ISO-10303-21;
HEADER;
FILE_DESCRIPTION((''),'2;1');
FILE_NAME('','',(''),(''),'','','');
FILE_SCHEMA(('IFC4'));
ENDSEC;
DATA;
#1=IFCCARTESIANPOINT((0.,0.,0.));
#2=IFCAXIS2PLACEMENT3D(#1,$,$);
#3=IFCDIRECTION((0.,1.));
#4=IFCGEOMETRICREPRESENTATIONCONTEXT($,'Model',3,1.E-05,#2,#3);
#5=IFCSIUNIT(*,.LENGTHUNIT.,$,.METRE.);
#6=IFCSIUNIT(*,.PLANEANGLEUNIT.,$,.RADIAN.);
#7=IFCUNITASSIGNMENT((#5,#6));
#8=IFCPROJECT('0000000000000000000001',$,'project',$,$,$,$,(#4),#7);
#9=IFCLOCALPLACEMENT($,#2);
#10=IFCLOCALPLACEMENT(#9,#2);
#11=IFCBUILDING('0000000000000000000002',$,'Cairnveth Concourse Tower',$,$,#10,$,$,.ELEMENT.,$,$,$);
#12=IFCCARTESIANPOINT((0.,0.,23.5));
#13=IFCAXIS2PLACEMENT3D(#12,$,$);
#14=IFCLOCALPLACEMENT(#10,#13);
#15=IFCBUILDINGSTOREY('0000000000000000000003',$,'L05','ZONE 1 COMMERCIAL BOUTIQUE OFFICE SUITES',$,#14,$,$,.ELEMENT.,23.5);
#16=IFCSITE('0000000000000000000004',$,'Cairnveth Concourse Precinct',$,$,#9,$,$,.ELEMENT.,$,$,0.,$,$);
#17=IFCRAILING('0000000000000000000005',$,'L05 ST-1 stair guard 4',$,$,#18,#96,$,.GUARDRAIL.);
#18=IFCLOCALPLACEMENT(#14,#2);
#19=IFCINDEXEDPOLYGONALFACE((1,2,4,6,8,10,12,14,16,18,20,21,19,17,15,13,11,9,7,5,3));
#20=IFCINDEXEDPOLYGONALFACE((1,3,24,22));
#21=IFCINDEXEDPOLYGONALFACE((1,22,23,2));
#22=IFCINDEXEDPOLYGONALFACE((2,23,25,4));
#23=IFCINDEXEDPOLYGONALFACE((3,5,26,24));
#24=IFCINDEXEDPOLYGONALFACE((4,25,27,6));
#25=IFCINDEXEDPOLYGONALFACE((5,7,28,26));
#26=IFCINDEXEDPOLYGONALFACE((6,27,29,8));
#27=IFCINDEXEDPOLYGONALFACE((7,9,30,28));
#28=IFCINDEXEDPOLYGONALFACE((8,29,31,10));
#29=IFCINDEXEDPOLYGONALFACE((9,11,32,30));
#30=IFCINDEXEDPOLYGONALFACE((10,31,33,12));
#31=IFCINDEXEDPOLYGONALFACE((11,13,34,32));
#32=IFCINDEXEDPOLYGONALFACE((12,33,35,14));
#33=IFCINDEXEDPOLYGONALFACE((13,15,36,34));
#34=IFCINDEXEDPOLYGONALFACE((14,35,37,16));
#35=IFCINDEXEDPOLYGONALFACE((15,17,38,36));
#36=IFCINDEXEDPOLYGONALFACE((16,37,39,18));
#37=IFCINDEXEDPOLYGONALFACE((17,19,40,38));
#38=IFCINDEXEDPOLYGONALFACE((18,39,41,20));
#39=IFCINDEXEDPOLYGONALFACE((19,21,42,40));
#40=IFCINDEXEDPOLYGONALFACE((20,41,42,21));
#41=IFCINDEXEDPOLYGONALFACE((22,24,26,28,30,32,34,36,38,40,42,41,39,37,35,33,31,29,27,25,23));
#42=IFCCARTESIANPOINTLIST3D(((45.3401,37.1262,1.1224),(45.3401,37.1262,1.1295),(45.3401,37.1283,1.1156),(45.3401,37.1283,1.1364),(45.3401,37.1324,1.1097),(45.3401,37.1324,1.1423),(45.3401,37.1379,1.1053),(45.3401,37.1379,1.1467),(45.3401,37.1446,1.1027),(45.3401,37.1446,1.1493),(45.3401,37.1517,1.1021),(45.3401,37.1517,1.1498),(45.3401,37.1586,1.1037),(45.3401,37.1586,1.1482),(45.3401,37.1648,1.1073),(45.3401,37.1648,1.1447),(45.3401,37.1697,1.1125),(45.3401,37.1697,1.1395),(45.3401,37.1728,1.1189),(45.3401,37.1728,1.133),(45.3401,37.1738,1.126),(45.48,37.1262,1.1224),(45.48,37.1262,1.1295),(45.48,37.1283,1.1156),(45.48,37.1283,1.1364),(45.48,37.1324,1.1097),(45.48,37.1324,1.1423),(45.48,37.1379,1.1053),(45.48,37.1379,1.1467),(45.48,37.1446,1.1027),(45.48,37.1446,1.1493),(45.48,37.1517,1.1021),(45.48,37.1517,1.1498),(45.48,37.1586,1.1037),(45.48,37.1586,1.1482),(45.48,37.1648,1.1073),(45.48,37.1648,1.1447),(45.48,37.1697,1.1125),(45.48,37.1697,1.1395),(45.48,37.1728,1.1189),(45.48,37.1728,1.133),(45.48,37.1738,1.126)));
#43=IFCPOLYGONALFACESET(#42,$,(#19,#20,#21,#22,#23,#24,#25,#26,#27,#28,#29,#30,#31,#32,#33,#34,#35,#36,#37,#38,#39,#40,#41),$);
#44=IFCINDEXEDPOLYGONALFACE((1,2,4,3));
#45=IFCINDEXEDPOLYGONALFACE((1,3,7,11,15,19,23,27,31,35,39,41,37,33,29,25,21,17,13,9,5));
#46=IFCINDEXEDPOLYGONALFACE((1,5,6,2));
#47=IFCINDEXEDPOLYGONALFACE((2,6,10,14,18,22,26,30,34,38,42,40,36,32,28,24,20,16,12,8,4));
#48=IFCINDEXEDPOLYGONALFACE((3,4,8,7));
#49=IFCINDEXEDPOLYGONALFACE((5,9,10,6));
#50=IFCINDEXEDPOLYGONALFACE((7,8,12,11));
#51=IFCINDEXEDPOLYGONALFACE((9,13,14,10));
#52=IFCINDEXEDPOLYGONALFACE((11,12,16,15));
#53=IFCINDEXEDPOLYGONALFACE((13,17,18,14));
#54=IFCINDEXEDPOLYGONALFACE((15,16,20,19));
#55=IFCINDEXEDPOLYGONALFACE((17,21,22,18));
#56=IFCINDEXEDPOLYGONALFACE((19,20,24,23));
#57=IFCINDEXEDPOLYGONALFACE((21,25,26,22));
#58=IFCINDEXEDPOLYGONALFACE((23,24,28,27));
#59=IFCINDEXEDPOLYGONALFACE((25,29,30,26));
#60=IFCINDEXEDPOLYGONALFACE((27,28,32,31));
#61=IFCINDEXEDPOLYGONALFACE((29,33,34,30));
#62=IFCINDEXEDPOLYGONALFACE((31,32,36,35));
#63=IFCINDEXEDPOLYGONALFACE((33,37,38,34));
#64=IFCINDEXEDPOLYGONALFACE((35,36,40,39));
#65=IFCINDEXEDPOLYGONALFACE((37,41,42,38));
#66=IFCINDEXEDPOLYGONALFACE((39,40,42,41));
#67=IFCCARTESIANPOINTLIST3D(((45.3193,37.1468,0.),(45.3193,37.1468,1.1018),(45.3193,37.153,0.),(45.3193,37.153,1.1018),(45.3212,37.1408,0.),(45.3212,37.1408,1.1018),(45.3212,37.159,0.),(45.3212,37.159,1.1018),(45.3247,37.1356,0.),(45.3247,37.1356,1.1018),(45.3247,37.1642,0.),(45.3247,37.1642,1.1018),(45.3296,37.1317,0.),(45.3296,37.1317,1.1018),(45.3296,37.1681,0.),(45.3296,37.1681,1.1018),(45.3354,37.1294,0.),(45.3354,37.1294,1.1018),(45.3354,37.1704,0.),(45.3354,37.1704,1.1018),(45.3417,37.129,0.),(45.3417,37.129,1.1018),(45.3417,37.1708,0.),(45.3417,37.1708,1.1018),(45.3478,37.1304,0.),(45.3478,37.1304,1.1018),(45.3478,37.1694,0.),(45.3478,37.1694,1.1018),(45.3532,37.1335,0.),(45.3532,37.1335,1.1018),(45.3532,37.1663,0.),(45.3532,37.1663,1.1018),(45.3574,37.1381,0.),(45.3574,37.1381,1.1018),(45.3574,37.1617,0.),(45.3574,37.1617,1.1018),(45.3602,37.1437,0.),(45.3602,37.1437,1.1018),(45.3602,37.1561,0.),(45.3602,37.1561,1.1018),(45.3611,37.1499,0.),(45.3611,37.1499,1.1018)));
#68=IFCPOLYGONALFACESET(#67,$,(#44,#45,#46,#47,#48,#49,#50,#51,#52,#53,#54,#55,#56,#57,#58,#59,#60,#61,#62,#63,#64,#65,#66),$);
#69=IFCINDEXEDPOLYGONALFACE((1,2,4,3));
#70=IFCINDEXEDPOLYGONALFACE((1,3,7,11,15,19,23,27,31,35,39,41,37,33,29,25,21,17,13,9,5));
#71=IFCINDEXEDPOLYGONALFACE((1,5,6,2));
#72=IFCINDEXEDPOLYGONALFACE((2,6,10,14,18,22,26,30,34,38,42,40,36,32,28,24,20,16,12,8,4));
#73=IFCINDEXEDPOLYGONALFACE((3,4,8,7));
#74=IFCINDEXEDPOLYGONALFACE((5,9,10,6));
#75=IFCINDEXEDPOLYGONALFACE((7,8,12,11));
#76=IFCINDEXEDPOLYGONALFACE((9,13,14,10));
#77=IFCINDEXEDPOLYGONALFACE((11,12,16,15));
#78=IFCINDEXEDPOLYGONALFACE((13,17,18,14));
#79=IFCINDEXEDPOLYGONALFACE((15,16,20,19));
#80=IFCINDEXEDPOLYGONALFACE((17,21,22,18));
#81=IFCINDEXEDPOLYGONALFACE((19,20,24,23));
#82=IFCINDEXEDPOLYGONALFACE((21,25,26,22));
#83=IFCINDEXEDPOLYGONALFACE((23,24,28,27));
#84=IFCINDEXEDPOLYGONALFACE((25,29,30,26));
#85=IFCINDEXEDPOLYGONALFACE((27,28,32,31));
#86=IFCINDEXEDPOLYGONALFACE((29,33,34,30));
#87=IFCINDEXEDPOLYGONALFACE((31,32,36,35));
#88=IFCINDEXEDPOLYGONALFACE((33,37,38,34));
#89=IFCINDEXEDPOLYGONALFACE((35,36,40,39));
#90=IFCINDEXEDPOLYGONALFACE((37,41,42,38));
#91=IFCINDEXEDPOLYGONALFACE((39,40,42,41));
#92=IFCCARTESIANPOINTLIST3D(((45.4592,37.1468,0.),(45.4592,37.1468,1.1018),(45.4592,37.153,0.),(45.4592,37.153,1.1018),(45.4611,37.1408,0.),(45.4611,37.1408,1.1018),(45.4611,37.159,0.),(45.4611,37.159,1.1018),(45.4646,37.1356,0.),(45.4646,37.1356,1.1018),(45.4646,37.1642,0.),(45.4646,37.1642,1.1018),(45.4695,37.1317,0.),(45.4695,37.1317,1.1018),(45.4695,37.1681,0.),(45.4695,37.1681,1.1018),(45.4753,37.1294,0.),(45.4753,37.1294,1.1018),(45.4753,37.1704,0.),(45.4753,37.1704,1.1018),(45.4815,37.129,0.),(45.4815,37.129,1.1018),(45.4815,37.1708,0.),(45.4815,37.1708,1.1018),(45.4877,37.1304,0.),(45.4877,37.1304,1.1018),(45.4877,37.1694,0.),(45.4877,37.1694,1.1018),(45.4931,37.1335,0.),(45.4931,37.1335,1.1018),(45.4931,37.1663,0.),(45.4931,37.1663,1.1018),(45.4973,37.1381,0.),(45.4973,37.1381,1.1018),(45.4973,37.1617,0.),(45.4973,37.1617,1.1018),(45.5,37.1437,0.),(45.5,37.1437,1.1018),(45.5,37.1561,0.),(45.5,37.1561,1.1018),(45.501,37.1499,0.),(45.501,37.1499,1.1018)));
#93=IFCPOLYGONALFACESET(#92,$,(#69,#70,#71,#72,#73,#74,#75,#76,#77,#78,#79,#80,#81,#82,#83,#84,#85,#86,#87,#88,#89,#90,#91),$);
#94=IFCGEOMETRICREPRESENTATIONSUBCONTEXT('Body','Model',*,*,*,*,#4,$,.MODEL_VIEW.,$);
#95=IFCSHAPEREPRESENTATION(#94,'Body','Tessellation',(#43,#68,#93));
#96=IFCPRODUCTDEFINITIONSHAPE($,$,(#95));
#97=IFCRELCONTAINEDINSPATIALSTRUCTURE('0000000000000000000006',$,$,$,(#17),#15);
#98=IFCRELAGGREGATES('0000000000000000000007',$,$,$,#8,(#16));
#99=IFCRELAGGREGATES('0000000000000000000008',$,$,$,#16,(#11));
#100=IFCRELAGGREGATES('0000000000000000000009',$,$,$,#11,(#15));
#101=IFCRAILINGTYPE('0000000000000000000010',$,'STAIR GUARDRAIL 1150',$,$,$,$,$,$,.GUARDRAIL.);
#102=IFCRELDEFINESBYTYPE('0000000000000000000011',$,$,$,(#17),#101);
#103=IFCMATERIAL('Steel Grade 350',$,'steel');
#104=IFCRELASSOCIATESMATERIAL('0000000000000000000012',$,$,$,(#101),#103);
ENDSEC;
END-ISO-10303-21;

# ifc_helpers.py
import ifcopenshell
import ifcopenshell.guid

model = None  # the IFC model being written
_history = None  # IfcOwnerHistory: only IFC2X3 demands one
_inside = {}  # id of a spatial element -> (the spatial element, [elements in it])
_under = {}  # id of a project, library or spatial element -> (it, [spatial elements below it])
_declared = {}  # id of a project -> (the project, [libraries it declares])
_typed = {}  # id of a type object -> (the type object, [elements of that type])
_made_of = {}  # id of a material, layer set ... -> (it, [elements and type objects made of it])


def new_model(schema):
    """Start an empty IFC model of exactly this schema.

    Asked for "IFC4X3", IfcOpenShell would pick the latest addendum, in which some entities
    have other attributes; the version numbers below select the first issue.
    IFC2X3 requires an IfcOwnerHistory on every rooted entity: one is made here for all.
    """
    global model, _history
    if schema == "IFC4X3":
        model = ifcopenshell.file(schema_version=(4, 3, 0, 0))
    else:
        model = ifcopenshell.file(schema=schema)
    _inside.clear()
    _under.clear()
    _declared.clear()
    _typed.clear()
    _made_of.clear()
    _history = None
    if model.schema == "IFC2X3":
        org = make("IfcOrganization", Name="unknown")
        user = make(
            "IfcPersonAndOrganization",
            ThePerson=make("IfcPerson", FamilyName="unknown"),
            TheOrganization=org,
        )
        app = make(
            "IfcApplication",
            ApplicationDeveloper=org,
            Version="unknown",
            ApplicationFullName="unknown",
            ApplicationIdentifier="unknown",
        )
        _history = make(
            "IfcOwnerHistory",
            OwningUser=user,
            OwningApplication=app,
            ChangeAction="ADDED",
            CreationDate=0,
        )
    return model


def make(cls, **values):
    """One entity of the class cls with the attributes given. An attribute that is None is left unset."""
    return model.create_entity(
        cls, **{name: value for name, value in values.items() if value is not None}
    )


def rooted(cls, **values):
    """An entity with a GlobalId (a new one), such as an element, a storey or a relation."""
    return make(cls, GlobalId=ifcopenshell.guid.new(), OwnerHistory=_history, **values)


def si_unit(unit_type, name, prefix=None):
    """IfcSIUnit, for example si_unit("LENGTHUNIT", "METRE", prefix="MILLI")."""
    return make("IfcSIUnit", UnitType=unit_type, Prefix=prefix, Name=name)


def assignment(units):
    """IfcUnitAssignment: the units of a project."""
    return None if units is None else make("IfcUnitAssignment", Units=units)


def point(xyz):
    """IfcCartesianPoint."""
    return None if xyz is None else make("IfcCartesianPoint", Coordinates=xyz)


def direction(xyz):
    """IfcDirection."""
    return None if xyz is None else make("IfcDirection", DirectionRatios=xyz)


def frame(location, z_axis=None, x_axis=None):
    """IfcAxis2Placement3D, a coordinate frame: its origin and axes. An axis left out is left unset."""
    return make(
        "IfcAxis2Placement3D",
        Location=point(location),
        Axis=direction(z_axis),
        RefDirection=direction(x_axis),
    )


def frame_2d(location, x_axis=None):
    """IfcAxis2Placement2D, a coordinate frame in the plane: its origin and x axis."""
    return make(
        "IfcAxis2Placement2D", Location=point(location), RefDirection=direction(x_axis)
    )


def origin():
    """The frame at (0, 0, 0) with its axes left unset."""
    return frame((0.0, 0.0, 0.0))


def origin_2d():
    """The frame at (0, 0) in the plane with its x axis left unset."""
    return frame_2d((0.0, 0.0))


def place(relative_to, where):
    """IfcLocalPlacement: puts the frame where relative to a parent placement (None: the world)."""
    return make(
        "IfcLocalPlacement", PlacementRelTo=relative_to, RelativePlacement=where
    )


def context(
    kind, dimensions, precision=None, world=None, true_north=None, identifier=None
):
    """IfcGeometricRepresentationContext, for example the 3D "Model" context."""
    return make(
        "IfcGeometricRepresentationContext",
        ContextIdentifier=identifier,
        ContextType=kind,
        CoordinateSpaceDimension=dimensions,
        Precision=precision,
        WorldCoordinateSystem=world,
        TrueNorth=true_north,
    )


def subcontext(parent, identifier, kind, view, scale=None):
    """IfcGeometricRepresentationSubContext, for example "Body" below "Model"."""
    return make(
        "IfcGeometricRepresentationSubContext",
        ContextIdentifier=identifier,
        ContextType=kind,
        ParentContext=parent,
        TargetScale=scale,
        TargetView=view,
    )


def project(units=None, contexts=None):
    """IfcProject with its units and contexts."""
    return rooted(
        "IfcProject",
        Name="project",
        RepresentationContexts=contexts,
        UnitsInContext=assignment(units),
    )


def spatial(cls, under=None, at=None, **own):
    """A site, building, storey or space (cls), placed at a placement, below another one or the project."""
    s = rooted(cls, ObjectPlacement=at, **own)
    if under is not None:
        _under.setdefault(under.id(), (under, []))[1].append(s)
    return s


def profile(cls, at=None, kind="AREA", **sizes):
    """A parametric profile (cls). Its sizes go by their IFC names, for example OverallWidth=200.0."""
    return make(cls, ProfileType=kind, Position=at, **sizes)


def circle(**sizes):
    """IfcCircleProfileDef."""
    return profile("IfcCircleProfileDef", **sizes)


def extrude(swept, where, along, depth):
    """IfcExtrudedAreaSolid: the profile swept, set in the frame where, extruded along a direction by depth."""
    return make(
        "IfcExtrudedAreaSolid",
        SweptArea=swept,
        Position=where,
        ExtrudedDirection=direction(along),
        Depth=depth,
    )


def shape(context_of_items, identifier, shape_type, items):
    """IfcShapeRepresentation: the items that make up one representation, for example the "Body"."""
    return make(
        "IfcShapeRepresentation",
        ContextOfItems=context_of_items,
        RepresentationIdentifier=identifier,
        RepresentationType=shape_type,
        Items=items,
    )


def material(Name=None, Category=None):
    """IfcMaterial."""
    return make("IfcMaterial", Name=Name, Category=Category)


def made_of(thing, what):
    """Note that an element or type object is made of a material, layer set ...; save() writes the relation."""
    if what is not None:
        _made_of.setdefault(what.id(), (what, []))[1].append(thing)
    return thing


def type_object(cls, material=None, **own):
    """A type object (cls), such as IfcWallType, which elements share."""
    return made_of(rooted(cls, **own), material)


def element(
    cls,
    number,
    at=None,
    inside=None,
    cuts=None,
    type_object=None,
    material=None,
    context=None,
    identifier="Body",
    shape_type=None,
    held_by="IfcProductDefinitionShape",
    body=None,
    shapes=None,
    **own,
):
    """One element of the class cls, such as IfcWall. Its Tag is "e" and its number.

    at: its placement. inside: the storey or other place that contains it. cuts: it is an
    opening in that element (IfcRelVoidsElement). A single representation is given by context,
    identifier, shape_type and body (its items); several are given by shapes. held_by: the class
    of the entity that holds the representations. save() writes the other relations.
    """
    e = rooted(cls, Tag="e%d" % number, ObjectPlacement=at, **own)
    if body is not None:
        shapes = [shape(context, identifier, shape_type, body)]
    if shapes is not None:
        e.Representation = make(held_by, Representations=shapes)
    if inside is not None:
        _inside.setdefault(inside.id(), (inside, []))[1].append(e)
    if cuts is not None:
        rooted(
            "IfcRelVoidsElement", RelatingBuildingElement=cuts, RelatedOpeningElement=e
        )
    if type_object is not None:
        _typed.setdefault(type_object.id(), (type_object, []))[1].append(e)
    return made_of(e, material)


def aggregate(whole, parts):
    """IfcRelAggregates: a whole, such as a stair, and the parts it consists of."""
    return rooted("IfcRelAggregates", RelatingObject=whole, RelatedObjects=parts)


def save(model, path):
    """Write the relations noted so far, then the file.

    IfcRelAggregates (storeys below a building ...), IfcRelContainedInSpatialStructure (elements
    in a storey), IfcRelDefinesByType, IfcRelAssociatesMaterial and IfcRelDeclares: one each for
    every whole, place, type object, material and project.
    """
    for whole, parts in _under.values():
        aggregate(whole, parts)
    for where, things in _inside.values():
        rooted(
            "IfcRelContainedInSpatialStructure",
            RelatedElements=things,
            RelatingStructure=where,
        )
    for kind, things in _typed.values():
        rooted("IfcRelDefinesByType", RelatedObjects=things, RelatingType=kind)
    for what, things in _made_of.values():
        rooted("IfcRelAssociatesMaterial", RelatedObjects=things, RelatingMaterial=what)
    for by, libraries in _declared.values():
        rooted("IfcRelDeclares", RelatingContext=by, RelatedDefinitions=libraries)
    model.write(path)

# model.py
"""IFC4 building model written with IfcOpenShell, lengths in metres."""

from ifc_helpers import new_model, si_unit, direction, frame, origin, origin_2d, place, context, subcontext, project, spatial, circle, extrude, material, type_object, element, save


model = new_model("IFC4")

# Units and contexts
model_context = context("Model", 3, precision=1e-05, world=origin(), true_north=direction((0.0, 1.0)))
body_context = subcontext(model_context, "Body", "Model", "MODEL_VIEW")
ifc_project = project(units=[si_unit("LENGTHUNIT", "METRE"), si_unit("PLANEANGLEUNIT", "RADIAN")], contexts=[model_context])

# Site, building, storey
site_placement = place(None, origin())
site = spatial("IfcSite", under=ifc_project, at=site_placement, Name="Cairnveth Concourse Precinct", CompositionType="ELEMENT", RefElevation=0.0)
building_placement = place(site_placement, origin())
building = spatial("IfcBuilding", under=site, at=building_placement, Name="Cairnveth Concourse Tower", CompositionType="ELEMENT")
storey_placement = place(building_placement, frame((0.0, 0.0, 23.5)))
storey = spatial("IfcBuildingStorey", under=building, at=storey_placement, Name="L05", Description="ZONE 1 COMMERCIAL BOUTIQUE OFFICE SUITES", CompositionType="ELEMENT", Elevation=23.5)

# Shared definitions
ifc_material_1 = material(Name="Steel Grade 350", Category="steel")

# Railing
railing_type_1 = type_object("IfcRailingType", Name="STAIR GUARDRAIL 1150", PredefinedType="GUARDRAIL", material=ifc_material_1)
railing_1_placement = place(storey_placement, frame((45.3401, 37.1499, 0.0)))
element("IfcRailing", 1, at=railing_1_placement, inside=storey, type_object=railing_type_1, Name="L05 ST-1 stair guard 4", PredefinedType="GUARDRAIL", context=body_context, shape_type="SweptSolid", body=[
    extrude(circle(Radius=0.0239, at=origin_2d()), frame((0.0, 0.0, 1.126), z_axis=(1.0, 0.0, 0.0), x_axis=(0.0, 1.0, 0.0)), (0.0, 0.0, 1.0), 0.1399),
    extrude(circle(Radius=0.021, at=origin_2d()), origin(), (0.0, 0.0, 1.0), 1.1018),
    extrude(circle(Radius=0.021, at=origin_2d()), frame((0.1399, 0.0, 0.0)), (0.0, 0.0, 1.0), 1.1018),
])

save(model, "model.ifc")
